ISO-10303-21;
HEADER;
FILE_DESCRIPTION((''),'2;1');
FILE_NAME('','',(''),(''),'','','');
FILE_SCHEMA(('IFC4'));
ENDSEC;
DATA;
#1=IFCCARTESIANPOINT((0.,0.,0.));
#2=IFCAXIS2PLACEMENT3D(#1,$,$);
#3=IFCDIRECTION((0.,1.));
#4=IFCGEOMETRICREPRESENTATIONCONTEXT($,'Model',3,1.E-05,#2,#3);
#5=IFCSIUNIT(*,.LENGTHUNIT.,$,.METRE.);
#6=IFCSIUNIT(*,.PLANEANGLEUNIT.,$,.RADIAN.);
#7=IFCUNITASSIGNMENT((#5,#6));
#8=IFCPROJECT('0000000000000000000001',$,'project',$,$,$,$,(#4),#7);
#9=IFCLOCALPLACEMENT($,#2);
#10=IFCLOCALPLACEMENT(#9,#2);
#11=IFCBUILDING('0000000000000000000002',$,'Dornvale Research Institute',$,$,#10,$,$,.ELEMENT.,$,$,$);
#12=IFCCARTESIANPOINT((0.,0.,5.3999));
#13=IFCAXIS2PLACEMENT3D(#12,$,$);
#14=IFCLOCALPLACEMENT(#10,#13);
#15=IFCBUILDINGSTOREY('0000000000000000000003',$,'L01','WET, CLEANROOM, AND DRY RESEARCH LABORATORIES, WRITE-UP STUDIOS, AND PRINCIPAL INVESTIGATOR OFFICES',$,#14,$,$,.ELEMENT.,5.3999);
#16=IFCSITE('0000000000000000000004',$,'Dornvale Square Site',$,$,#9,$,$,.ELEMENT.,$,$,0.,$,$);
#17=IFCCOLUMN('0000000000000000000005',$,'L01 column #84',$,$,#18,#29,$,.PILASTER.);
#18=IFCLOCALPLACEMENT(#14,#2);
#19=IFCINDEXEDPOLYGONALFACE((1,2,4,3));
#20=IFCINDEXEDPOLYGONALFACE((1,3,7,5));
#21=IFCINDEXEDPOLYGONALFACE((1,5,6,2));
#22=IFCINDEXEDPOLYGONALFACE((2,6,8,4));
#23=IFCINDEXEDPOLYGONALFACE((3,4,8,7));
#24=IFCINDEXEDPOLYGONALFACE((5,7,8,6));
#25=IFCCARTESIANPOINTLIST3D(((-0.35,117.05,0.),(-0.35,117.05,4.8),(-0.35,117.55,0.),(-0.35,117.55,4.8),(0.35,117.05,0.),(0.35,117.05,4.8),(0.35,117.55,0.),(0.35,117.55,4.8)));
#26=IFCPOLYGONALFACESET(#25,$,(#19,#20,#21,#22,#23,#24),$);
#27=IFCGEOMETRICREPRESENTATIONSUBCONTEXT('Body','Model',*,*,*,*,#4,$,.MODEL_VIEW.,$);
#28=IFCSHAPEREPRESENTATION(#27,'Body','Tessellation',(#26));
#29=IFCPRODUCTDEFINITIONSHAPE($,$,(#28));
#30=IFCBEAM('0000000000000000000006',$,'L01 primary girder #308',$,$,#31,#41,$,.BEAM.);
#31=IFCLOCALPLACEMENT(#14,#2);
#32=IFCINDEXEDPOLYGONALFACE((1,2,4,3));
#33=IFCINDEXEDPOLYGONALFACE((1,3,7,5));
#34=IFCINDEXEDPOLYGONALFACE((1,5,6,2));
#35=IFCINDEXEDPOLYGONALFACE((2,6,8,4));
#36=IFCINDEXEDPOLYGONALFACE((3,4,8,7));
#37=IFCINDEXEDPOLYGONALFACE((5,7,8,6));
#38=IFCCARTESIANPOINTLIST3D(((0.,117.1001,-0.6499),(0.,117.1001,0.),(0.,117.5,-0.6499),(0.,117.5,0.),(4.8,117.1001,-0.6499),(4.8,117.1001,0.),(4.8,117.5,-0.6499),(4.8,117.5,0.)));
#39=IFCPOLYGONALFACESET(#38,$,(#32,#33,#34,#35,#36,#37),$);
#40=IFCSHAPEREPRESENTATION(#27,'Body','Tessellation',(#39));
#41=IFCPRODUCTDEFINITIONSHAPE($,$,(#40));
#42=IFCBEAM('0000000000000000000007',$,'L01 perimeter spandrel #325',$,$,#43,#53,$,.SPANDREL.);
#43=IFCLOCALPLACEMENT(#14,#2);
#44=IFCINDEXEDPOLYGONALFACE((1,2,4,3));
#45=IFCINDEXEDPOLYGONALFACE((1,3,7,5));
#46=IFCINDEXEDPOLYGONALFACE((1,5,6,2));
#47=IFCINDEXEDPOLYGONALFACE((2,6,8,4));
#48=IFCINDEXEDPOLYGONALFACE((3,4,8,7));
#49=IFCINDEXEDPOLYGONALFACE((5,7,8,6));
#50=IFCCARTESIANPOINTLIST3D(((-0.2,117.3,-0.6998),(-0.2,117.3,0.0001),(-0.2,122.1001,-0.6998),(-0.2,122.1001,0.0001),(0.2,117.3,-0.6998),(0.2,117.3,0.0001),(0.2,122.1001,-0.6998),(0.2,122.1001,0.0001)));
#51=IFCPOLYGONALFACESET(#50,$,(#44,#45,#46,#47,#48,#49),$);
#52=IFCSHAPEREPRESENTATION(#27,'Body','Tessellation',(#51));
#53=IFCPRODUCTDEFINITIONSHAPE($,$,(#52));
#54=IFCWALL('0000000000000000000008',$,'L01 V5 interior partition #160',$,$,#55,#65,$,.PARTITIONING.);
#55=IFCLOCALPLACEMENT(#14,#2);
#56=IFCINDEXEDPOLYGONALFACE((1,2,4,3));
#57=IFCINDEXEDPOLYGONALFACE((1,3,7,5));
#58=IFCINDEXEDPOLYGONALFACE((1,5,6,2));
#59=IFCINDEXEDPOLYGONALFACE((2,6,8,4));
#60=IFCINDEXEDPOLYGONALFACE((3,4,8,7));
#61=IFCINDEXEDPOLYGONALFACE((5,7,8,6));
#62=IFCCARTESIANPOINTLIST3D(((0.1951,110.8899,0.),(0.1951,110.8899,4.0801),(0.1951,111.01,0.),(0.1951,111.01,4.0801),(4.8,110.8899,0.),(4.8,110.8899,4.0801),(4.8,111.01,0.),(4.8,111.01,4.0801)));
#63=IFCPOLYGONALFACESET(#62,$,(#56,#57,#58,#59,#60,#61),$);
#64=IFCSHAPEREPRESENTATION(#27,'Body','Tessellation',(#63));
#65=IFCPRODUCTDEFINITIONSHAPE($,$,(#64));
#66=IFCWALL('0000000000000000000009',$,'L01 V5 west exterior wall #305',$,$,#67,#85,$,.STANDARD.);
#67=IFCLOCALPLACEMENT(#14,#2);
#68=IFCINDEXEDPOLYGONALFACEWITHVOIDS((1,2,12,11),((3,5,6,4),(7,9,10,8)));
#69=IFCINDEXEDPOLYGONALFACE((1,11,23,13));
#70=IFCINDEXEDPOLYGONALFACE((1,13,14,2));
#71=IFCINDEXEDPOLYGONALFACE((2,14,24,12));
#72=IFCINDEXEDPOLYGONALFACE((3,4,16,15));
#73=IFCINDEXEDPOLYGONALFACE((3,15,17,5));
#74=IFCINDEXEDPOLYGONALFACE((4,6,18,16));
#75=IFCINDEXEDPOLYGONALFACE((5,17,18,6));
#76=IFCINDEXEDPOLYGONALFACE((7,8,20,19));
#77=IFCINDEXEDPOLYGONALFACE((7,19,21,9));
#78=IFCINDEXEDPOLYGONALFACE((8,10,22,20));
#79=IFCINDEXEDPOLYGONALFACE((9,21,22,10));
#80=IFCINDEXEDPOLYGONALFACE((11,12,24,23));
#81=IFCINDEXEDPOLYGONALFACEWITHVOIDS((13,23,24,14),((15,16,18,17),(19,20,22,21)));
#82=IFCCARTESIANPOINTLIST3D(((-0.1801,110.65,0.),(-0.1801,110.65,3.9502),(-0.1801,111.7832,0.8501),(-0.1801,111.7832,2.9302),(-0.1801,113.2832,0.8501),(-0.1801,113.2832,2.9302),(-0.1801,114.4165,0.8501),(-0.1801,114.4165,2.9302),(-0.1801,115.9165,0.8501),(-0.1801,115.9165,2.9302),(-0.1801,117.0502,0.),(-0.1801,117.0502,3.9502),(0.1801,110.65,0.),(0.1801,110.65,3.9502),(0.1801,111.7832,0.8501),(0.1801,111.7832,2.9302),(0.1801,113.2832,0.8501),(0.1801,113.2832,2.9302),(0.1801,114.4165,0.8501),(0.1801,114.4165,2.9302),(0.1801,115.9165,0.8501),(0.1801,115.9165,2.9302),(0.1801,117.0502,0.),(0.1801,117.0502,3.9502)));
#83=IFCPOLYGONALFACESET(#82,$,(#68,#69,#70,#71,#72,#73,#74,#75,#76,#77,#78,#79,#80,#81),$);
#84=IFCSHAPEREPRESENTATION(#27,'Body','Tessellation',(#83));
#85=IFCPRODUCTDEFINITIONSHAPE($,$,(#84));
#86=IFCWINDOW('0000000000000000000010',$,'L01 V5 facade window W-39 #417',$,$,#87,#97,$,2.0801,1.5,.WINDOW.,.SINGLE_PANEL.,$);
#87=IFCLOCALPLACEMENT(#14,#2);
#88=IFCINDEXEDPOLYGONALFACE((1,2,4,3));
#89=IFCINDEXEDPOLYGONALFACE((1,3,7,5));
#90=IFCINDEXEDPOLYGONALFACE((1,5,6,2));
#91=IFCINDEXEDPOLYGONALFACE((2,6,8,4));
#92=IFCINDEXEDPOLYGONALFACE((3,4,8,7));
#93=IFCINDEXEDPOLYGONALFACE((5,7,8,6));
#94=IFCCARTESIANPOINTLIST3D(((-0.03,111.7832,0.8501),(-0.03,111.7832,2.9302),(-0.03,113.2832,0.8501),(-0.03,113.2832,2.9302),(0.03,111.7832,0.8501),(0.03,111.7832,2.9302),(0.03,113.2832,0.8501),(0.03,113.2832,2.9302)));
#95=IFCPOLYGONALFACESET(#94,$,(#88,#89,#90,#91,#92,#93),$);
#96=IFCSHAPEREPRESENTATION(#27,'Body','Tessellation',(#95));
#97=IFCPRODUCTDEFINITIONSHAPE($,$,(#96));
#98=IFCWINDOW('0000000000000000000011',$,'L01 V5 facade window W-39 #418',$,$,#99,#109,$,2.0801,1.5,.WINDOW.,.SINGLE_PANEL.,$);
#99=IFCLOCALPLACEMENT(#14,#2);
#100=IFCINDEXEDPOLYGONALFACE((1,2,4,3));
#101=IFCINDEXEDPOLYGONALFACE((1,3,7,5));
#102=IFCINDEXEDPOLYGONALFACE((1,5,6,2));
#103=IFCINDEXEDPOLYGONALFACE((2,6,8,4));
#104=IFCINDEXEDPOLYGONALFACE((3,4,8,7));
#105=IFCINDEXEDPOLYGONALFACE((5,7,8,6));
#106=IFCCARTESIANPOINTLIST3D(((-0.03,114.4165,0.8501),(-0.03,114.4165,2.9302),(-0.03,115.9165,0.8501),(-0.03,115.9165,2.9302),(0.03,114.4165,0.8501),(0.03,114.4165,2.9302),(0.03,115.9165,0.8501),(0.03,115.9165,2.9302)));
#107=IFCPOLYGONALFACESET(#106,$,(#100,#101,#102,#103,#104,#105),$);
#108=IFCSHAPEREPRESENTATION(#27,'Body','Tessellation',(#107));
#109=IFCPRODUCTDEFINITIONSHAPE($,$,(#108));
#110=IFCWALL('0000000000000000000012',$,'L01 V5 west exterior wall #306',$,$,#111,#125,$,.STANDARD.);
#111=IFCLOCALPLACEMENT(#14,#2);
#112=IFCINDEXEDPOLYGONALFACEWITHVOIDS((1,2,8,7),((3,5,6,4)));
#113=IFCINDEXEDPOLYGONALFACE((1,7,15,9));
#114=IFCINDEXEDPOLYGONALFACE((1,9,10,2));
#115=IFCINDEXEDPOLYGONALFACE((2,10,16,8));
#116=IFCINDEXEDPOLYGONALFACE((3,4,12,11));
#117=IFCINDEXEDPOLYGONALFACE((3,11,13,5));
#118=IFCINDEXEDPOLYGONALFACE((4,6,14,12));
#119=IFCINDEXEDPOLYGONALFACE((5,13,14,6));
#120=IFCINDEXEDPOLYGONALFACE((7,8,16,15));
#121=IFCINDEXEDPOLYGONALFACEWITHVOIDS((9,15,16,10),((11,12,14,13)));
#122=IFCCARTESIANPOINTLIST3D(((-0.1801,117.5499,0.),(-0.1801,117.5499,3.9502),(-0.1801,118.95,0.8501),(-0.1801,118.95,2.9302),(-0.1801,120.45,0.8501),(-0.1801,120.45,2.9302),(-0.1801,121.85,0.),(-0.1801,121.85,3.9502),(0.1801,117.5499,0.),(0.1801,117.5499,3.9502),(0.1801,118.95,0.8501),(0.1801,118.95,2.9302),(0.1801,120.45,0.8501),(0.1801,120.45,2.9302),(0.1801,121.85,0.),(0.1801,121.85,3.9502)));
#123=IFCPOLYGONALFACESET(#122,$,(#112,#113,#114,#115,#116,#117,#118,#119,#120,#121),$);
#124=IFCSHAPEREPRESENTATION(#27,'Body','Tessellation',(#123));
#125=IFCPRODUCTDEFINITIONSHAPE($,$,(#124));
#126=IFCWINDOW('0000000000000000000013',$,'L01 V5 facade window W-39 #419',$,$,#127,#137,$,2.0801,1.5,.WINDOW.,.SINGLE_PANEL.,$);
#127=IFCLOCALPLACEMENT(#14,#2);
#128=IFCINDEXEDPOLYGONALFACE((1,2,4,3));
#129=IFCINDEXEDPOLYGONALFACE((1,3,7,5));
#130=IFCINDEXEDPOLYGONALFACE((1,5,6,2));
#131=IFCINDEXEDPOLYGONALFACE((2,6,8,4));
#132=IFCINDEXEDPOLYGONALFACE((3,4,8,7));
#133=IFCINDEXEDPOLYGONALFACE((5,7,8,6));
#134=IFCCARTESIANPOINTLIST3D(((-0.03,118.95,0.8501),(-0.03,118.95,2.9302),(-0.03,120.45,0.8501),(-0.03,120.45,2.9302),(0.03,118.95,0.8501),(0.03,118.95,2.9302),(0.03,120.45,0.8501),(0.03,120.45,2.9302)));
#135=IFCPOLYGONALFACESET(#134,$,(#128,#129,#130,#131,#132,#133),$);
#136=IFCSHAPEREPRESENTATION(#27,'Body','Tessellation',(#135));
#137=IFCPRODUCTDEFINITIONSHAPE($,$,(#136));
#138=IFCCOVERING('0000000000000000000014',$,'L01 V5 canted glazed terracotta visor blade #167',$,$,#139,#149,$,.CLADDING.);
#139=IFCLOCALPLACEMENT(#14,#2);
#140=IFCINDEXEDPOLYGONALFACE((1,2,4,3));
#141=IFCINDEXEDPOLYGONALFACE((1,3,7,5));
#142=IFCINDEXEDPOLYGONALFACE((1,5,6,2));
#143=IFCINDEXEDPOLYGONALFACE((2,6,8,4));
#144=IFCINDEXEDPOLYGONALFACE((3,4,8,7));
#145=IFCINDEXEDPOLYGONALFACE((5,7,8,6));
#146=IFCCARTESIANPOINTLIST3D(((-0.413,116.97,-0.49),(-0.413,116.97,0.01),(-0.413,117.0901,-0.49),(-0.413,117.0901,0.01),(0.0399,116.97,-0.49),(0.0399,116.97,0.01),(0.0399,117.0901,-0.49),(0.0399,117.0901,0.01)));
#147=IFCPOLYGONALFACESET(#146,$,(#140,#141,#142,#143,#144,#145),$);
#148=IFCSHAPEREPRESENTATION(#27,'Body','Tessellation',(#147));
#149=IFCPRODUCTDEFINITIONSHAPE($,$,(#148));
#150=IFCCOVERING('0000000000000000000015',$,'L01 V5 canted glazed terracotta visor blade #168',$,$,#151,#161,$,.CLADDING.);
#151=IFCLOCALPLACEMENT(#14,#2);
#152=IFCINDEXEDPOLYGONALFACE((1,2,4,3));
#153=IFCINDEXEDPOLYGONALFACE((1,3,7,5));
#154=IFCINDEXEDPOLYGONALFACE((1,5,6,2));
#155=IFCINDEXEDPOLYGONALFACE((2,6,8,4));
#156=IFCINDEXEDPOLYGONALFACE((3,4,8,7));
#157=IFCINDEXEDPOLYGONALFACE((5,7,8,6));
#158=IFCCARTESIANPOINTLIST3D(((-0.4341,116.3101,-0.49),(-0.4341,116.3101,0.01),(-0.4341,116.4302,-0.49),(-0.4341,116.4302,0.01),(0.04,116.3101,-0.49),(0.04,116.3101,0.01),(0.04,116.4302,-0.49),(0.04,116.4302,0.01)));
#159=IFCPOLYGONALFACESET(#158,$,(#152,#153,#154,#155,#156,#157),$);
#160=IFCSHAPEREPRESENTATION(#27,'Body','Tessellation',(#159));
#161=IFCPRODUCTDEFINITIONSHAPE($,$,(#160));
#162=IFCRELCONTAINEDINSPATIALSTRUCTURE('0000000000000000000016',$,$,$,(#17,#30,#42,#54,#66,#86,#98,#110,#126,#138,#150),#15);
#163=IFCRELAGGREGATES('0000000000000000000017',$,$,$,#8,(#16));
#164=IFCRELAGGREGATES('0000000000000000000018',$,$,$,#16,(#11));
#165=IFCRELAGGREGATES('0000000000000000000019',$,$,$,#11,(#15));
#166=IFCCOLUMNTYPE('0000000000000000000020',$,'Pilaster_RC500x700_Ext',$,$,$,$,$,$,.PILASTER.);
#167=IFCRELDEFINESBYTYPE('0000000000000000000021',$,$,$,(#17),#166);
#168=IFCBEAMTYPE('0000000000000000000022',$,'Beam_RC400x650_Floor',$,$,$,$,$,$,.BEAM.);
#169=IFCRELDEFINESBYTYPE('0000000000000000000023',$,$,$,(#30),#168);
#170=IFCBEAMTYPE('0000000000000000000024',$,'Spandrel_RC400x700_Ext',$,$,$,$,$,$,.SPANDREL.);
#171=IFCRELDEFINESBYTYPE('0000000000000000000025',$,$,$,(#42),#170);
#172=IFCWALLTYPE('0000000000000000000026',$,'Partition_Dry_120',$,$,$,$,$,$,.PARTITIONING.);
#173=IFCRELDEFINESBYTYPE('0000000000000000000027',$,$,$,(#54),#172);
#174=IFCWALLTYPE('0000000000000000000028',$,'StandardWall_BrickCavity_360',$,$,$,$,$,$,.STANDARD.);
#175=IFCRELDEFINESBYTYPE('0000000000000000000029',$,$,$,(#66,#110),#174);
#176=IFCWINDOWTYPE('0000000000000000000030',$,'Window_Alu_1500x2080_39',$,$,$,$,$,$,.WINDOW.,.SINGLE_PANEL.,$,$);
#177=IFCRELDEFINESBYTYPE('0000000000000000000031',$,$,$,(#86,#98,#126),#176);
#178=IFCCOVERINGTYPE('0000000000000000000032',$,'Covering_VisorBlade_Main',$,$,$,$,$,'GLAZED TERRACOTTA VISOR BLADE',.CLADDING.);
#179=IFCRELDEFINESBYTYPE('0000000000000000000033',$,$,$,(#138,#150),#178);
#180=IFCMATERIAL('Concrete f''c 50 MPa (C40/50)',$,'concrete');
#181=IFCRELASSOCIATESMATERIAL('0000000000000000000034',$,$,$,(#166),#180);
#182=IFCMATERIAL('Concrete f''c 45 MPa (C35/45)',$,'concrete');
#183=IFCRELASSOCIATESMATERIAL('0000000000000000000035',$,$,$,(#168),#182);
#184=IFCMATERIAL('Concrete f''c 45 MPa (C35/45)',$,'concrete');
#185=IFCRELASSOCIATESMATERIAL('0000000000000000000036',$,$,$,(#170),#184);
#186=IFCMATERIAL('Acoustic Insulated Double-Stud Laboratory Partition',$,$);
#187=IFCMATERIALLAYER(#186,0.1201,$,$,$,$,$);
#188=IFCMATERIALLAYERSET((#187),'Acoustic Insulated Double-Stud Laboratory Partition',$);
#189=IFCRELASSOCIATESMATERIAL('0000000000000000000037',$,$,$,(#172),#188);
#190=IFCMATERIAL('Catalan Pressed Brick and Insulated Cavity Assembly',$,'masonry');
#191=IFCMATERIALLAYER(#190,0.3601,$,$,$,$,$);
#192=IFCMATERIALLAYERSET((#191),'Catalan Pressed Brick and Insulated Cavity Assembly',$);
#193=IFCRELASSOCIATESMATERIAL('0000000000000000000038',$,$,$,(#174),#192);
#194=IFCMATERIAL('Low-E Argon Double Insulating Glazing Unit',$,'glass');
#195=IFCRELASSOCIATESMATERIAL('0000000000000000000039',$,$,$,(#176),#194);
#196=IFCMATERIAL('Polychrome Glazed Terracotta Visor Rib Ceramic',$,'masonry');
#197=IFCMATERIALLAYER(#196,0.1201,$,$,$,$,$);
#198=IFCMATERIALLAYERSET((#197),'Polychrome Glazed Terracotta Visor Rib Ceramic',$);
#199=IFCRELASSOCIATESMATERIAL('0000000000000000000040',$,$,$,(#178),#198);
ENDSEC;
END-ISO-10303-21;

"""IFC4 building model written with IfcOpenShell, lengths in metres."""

from ifc_helpers import new_model, si_unit, direction, frame, frame_2d, origin, origin_2d, place, context, subcontext, project, spatial, rectangle, extrude, material, layer, layer_set, material_profile, profile_set, type_object, element, fill, save


model = new_model("IFC4")

# Units and contexts
model_context = context("Model", 3, precision=1e-05, world=origin(), true_north=direction((0.0, 1.0)))
body_context = subcontext(model_context, "Body", "Model", "MODEL_VIEW")
ifc_project = project(units=[si_unit("LENGTHUNIT", "METRE"), si_unit("PLANEANGLEUNIT", "RADIAN")], contexts=[model_context])

# Site, building, storey
site_placement = place(None, origin())
site = spatial("IfcSite", under=ifc_project, at=site_placement, Name="Dornvale Square Site", CompositionType="ELEMENT", RefElevation=0.0)
building_placement = place(site_placement, origin())
building = spatial("IfcBuilding", under=site, at=building_placement, Name="Dornvale Research Institute", CompositionType="ELEMENT")
storey_placement = place(building_placement, frame((0.0, 0.0, 5.3999)))
storey = spatial("IfcBuildingStorey", under=building, at=storey_placement, Name="L01", Description="WET, CLEANROOM, AND DRY RESEARCH LABORATORIES, WRITE-UP STUDIOS, AND PRINCIPAL INVESTIGATOR OFFICES", CompositionType="ELEMENT", Elevation=5.3999)

# Column
ifc_material_1 = material(Name="Concrete f'c 50 MPa (C40/50)", Category="concrete")
ifc_material_profile_1 = material_profile(ifc_material_1, rectangle(XDim=0.5, YDim=0.7, at=origin_2d()), Name="RC 500x700")
ifc_profile_set_1 = profile_set([ifc_material_profile_1], Name="Concrete f'c 50 MPa (C40/50)")
column_type = type_object("IfcColumnType", Name="Pilaster_RC500x700_Ext", PredefinedType="PILASTER", material=ifc_profile_set_1)
column_placement = place(storey_placement, frame((0.0, 117.3, 0.0), z_axis=(0.0, 0.0, 1.0), x_axis=(0.0, 1.0, 0.0)))
element("IfcColumn", 1, at=column_placement, inside=storey, type_object=column_type, Name="L01 column #84", PredefinedType="PILASTER", context=body_context, shape_type="SweptSolid", body=[
    extrude(rectangle(XDim=0.5, YDim=0.7, at=origin_2d()), origin(), (0.0, 0.0, 1.0), 4.8),
])

# Beams
ifc_material_2 = material(Name="Concrete f'c 45 MPa (C35/45)", Category="concrete")
ifc_material_profile_2 = material_profile(ifc_material_2, rectangle(XDim=0.3999, YDim=0.6499, at=origin_2d()), Name="RC 400x650")
ifc_profile_set_2 = profile_set([ifc_material_profile_2], Name="Concrete f'c 45 MPa (C35/45)")
beam_type_1 = type_object("IfcBeamType", Name="Beam_RC400x650_Floor", PredefinedType="BEAM", material=ifc_profile_set_2)
beam_1_placement = place(storey_placement, frame((0.0, 117.3, -0.325), z_axis=(1.0, 0.0, 0.0), x_axis=(0.0, 1.0, 0.0)))
element("IfcBeam", 2, at=beam_1_placement, inside=storey, type_object=beam_type_1, Name="L01 primary girder #308", PredefinedType="BEAM", context=body_context, shape_type="SweptSolid", body=[
    extrude(rectangle(XDim=0.3999, YDim=0.6499, at=origin_2d()), origin(), (0.0, 0.0, 1.0), 4.8),
])
ifc_material_3 = material(Name="Concrete f'c 45 MPa (C35/45)", Category="concrete")
ifc_material_profile_3 = material_profile(ifc_material_3, rectangle(XDim=0.3999, YDim=0.7, at=origin_2d()), Name="RC 400x700")
ifc_profile_set_3 = profile_set([ifc_material_profile_3], Name="Concrete f'c 45 MPa (C35/45)")
beam_type_2 = type_object("IfcBeamType", Name="Spandrel_RC400x700_Ext", PredefinedType="SPANDREL", material=ifc_profile_set_3)
beam_2_placement = place(storey_placement, frame((0.0, 117.3, -0.3499), z_axis=(0.0, 1.0, 0.0), x_axis=(-1.0, 0.0, 0.0)))
element("IfcBeam", 3, at=beam_2_placement, inside=storey, type_object=beam_type_2, Name="L01 perimeter spandrel #325", PredefinedType="SPANDREL", context=body_context, shape_type="SweptSolid", body=[
    extrude(rectangle(XDim=0.3999, YDim=0.7, at=origin_2d()), origin(), (0.0, 0.0, 1.0), 4.8),
])

# Wall
ifc_material_4 = material(Name="Acoustic Insulated Double-Stud Laboratory Partition")
ifc_layer_1 = layer(ifc_material_4, 0.1201)
ifc_layer_set_1 = layer_set([ifc_layer_1], Name="Acoustic Insulated Double-Stud Laboratory Partition")
wall_type_1 = type_object("IfcWallType", Name="Partition_Dry_120", PredefinedType="PARTITIONING", material=ifc_layer_set_1)
wall_1_placement = place(storey_placement, frame((0.1951, 110.95, 0.0), z_axis=(0.0, 0.0, 1.0), x_axis=(1.0, 0.0, 0.0)))
element("IfcWall", 4, at=wall_1_placement, inside=storey, type_object=wall_type_1, Name="L01 V5 interior partition #160", PredefinedType="PARTITIONING", context=body_context, shape_type="SweptSolid", body=[
    extrude(rectangle(XDim=4.605, YDim=0.1201, at=frame_2d((2.3025, 0.0))), origin(), (0.0, 0.0, 1.0), 4.0801),
])

# Wall, openings, windows
ifc_material_5 = material(Name="Catalan Pressed Brick and Insulated Cavity Assembly", Category="masonry")
ifc_layer_2 = layer(ifc_material_5, 0.3601)
ifc_layer_set_2 = layer_set([ifc_layer_2], Name="Catalan Pressed Brick and Insulated Cavity Assembly")
wall_type_2 = type_object("IfcWallType", Name="StandardWall_BrickCavity_360", PredefinedType="STANDARD", material=ifc_layer_set_2)
wall_2_placement = place(storey_placement, frame((0.0, 110.6499, 0.0), z_axis=(0.0, 0.0, 1.0), x_axis=(0.0, 1.0, 0.0)))
wall_2 = element("IfcWall", 5, at=wall_2_placement, inside=storey, type_object=wall_type_2, Name="L01 V5 west exterior wall #305", PredefinedType="STANDARD", context=body_context, shape_type="SweptSolid", body=[
    extrude(rectangle(XDim=6.4001, YDim=0.3601, at=frame_2d((3.2002, 0.0))), origin(), (0.0, 0.0, 1.0), 3.9502),
])
opening_1_placement = place(wall_2_placement, frame((1.1333, 0.0, 0.8501)))
opening_1 = element("IfcOpeningElement", 6, at=opening_1_placement, cuts=wall_2, PredefinedType="OPENING", context=body_context, shape_type="SweptSolid", body=[
    extrude(rectangle(XDim=1.5, YDim=2.0801, at=frame_2d((0.75, 1.04))), frame((0.0, 0.1951, 0.0), z_axis=(0.0, -1.0, 0.0), x_axis=(1.0, 0.0, 0.0)), (0.0, 0.0, 1.0), 0.3901),
])
opening_2_placement = place(wall_2_placement, frame((3.7666, 0.0, 0.8501)))
opening_2 = element("IfcOpeningElement", 7, at=opening_2_placement, cuts=wall_2, PredefinedType="OPENING", context=body_context, shape_type="SweptSolid", body=[
    extrude(rectangle(XDim=1.5, YDim=2.0801, at=frame_2d((0.75, 1.04))), frame((0.0, 0.1951, 0.0), z_axis=(0.0, -1.0, 0.0), x_axis=(1.0, 0.0, 0.0)), (0.0, 0.0, 1.0), 0.3901),
])
ifc_material_6 = material(Name="Low-E Argon Double Insulating Glazing Unit", Category="glass")
window_type = type_object("IfcWindowType", Name="Window_Alu_1500x2080_39", PartitioningType="SINGLE_PANEL", PredefinedType="WINDOW", material=ifc_material_6)
window_1_placement = place(opening_1_placement, origin())
window_1 = element("IfcWindow", 8, at=window_1_placement, inside=storey, type_object=window_type, Name="L01 V5 facade window W-39 #417", OverallHeight=2.0801, OverallWidth=1.5, PartitioningType="SINGLE_PANEL", PredefinedType="WINDOW", context=body_context, shape_type="SweptSolid", body=[
    extrude(rectangle(XDim=1.5, YDim=2.0801, at=frame_2d((0.75, 1.04))), frame((0.0, 0.03, 0.0), z_axis=(0.0, -1.0, 0.0), x_axis=(1.0, 0.0, 0.0)), (0.0, 0.0, 1.0), 0.0601),
])
fill(opening_1, window_1)
window_2_placement = place(opening_2_placement, origin())
window_2 = element("IfcWindow", 9, at=window_2_placement, inside=storey, type_object=window_type, Name="L01 V5 facade window W-39 #418", OverallHeight=2.0801, OverallWidth=1.5, PartitioningType="SINGLE_PANEL", PredefinedType="WINDOW", context=body_context, shape_type="SweptSolid", body=[
    extrude(rectangle(XDim=1.5, YDim=2.0801, at=frame_2d((0.75, 1.04))), frame((0.0, 0.03, 0.0), z_axis=(0.0, -1.0, 0.0), x_axis=(1.0, 0.0, 0.0)), (0.0, 0.0, 1.0), 0.0601),
])
fill(opening_2, window_2)

# Wall, opening, window
wall_3_placement = place(storey_placement, frame((0.0, 117.55, 0.0), z_axis=(0.0, 0.0, 1.0), x_axis=(0.0, 1.0, 0.0)))
wall_3 = element("IfcWall", 10, at=wall_3_placement, inside=storey, type_object=wall_type_2, Name="L01 V5 west exterior wall #306", PredefinedType="STANDARD", context=body_context, shape_type="SweptSolid", body=[
    extrude(rectangle(XDim=4.3, YDim=0.3601, at=frame_2d((2.1499, 0.0))), origin(), (0.0, 0.0, 1.0), 3.9502),
])
opening_3_placement = place(wall_3_placement, frame((1.3999, 0.0, 0.8501)))
opening_3 = element("IfcOpeningElement", 11, at=opening_3_placement, cuts=wall_3, PredefinedType="OPENING", context=body_context, shape_type="SweptSolid", body=[
    extrude(rectangle(XDim=1.5, YDim=2.0801, at=frame_2d((0.75, 1.04))), frame((0.0, 0.1951, 0.0), z_axis=(0.0, -1.0, 0.0), x_axis=(1.0, 0.0, 0.0)), (0.0, 0.0, 1.0), 0.3901),
])
window_3_placement = place(opening_3_placement, origin())
window_3 = element("IfcWindow", 12, at=window_3_placement, inside=storey, type_object=window_type, Name="L01 V5 facade window W-39 #419", OverallHeight=2.0801, OverallWidth=1.5, PartitioningType="SINGLE_PANEL", PredefinedType="WINDOW", context=body_context, shape_type="SweptSolid", body=[
    extrude(rectangle(XDim=1.5, YDim=2.0801, at=frame_2d((0.75, 1.04))), frame((0.0, 0.03, 0.0), z_axis=(0.0, -1.0, 0.0), x_axis=(1.0, 0.0, 0.0)), (0.0, 0.0, 1.0), 0.0601),
])
fill(opening_3, window_3)

# Coverings
ifc_material_7 = material(Name="Polychrome Glazed Terracotta Visor Rib Ceramic", Category="masonry")
ifc_layer_3 = layer(ifc_material_7, 0.1201)
ifc_layer_set_3 = layer_set([ifc_layer_3], Name="Polychrome Glazed Terracotta Visor Rib Ceramic")
covering_type = type_object("IfcCoveringType", Name="Covering_VisorBlade_Main", ElementType="GLAZED TERRACOTTA VISOR BLADE", PredefinedType="CLADDING", material=ifc_layer_set_3)
covering_1_placement = place(storey_placement, frame((-0.1865, 117.03, -0.49), z_axis=(0.0, 0.0, 1.0), x_axis=(1.0, 0.0, 0.0)))
element("IfcCovering", 13, at=covering_1_placement, inside=storey, type_object=covering_type, Name="L01 V5 canted glazed terracotta visor blade #167", PredefinedType="CLADDING", context=body_context, shape_type="SweptSolid", body=[
    extrude(rectangle(XDim=0.4529, YDim=0.1201, at=origin_2d()), origin(), (0.0, 0.0, 1.0), 0.5),
])
covering_2_placement = place(storey_placement, frame((-0.197, 116.3701, -0.49), z_axis=(0.0, 0.0, 1.0), x_axis=(1.0, 0.0, 0.0)))
element("IfcCovering", 14, at=covering_2_placement, inside=storey, type_object=covering_type, Name="L01 V5 canted glazed terracotta visor blade #168", PredefinedType="CLADDING", context=body_context, shape_type="SweptSolid", body=[
    extrude(rectangle(XDim=0.4741, YDim=0.1201, at=origin_2d()), origin(), (0.0, 0.0, 1.0), 0.5),
])

save(model, "model.ifc")
